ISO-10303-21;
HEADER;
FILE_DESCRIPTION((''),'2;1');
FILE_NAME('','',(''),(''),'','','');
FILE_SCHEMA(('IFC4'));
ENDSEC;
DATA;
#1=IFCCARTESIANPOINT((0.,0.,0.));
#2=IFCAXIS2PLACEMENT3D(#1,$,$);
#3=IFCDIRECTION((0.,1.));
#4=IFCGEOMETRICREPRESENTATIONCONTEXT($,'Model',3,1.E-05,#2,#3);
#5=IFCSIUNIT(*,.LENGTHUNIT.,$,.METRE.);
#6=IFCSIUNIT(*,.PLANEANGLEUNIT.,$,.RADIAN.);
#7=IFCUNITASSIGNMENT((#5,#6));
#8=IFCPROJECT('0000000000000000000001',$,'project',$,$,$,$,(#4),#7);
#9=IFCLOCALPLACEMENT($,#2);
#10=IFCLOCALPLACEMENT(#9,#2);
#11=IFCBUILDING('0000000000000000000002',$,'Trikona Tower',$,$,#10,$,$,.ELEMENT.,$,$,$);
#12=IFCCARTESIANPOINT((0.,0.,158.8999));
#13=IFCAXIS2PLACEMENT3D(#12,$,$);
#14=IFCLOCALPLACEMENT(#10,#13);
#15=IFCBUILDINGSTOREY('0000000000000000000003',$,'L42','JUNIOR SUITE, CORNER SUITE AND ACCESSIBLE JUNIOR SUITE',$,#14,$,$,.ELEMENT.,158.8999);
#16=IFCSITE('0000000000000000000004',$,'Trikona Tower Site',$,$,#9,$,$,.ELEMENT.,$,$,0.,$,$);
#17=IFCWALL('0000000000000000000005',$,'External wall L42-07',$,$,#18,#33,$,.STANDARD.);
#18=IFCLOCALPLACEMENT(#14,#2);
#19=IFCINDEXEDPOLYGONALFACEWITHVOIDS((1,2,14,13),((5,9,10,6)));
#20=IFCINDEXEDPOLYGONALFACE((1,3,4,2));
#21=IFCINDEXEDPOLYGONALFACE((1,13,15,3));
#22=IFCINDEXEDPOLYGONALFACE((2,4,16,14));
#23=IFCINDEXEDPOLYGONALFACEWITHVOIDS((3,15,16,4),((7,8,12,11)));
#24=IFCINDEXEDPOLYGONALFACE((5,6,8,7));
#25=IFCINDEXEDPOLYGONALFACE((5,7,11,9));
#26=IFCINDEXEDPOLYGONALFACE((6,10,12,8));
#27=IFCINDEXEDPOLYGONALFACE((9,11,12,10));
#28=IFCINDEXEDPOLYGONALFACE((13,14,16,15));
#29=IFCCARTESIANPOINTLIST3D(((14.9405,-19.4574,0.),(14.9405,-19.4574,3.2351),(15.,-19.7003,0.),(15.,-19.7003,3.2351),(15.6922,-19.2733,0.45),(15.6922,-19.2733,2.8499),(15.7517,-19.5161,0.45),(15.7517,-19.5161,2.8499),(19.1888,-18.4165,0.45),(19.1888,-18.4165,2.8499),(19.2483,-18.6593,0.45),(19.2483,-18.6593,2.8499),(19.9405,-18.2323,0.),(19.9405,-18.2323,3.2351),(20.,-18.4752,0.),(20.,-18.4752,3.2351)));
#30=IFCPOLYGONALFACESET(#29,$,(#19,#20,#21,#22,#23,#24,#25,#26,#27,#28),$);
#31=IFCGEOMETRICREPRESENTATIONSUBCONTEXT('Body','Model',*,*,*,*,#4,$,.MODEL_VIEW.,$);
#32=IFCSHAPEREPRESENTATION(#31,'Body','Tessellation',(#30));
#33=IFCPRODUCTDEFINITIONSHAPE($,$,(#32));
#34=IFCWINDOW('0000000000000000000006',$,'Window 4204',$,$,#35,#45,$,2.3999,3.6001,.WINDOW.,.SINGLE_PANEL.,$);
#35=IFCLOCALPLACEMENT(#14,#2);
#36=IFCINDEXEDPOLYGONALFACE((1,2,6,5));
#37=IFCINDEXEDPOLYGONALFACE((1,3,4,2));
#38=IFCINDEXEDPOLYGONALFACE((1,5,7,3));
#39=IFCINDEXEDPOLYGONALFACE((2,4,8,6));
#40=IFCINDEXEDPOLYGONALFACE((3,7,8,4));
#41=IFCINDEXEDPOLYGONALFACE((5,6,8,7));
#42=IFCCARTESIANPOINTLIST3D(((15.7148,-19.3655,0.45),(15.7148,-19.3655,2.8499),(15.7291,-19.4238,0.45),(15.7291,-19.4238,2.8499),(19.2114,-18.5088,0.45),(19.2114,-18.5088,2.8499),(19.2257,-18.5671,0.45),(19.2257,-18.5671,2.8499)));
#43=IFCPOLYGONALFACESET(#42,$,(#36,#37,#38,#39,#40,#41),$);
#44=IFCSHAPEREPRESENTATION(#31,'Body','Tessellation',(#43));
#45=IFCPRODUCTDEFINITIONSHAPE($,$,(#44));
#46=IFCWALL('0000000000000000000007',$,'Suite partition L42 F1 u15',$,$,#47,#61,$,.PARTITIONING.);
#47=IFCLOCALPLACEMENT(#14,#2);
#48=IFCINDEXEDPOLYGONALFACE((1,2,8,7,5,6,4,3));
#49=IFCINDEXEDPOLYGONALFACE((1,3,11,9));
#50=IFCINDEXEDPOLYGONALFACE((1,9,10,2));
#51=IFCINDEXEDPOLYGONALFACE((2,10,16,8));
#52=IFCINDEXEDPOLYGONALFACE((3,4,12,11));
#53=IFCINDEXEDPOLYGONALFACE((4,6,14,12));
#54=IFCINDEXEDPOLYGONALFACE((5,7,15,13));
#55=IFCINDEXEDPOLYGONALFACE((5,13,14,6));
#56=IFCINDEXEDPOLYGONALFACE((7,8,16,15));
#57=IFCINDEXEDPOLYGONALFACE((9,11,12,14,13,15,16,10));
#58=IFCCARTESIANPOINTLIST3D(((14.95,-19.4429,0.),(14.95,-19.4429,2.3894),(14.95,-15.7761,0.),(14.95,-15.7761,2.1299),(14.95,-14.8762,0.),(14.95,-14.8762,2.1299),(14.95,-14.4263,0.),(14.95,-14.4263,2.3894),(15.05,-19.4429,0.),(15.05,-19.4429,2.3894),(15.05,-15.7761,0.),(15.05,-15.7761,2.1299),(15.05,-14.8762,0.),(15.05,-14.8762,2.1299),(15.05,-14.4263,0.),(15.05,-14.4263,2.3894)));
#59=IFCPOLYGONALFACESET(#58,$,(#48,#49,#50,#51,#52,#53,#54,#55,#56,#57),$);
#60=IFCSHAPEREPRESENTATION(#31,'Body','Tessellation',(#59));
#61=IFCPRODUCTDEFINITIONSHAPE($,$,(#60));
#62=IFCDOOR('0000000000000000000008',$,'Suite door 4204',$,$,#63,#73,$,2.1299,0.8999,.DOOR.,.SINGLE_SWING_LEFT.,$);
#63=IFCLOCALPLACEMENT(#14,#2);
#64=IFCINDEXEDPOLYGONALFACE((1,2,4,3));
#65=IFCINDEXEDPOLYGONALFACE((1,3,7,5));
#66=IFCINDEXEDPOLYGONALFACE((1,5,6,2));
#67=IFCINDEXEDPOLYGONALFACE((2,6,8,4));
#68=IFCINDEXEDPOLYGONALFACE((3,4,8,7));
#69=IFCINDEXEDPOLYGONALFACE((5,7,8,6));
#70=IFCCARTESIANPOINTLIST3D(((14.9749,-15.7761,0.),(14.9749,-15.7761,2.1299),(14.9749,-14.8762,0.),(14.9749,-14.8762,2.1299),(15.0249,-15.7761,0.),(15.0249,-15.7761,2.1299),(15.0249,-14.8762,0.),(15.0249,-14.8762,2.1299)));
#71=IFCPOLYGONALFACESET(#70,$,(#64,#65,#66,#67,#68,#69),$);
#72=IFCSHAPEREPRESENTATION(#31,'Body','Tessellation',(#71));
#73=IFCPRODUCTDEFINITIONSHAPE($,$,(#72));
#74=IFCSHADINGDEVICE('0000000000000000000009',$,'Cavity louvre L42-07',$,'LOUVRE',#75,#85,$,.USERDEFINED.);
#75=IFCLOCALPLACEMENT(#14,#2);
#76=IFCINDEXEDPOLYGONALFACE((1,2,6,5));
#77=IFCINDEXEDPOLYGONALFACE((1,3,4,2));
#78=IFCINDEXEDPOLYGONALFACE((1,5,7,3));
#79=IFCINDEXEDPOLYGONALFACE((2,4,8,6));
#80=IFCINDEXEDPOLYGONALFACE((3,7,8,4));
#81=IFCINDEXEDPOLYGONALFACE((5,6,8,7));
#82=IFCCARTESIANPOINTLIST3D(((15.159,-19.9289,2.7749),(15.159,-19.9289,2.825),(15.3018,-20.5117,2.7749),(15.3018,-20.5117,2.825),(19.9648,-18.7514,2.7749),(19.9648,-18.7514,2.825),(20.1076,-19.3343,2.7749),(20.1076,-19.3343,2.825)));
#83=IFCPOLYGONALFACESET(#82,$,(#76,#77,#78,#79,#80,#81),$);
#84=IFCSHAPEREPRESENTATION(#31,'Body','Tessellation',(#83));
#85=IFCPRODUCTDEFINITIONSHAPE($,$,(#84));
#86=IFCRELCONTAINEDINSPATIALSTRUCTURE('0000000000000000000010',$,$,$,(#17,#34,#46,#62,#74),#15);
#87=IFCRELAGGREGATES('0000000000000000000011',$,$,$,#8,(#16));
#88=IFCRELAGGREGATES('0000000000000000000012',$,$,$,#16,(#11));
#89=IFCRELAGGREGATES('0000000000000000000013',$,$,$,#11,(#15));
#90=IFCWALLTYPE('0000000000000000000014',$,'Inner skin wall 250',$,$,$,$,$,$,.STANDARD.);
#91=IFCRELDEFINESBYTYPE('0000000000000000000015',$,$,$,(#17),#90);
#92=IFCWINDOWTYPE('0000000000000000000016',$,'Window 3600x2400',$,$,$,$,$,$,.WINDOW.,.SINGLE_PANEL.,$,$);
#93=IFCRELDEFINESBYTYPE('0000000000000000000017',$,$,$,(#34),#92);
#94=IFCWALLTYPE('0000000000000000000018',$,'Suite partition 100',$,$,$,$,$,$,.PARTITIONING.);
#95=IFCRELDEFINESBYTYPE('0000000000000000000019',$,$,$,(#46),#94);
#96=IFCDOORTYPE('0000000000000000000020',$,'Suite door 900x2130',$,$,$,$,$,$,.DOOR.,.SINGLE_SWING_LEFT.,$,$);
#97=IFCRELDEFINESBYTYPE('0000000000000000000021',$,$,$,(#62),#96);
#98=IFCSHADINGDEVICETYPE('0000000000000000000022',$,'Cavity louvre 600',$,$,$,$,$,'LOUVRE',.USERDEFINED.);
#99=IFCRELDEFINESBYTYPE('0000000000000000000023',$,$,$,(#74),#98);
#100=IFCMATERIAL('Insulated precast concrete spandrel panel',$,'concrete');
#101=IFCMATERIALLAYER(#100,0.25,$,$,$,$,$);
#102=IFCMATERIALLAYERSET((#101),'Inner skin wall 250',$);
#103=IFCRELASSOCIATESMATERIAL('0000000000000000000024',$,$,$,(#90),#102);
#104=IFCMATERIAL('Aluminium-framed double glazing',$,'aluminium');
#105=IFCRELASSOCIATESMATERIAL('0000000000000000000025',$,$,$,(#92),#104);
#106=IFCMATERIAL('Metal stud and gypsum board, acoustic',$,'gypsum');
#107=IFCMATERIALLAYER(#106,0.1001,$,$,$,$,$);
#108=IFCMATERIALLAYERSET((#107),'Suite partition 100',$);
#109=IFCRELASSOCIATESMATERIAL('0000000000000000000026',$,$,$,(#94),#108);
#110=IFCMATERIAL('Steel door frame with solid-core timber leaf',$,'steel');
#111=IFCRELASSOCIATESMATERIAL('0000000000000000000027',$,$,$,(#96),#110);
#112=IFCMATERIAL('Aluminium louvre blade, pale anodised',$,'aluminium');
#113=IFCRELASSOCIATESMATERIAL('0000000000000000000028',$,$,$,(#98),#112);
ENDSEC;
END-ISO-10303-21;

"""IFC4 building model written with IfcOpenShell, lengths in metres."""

from ifc_helpers import new_model, si_unit, direction, frame, frame_2d, origin, origin_2d, place, context, subcontext, project, spatial, rectangle, extrude, material, layer, layer_set, type_object, element, fill, save


model = new_model("IFC4")

# Units and contexts
model_context = context("Model", 3, precision=1e-05, world=origin(), true_north=direction((0.0, 1.0)))
body_context = subcontext(model_context, "Body", "Model", "MODEL_VIEW")
ifc_project = project(units=[si_unit("LENGTHUNIT", "METRE"), si_unit("PLANEANGLEUNIT", "RADIAN")], contexts=[model_context])

# Site, building, storey
site_placement = place(None, origin())
site = spatial("IfcSite", under=ifc_project, at=site_placement, Name="Trikona Tower Site", CompositionType="ELEMENT", RefElevation=0.0)
building_placement = place(site_placement, origin())
building = spatial("IfcBuilding", under=site, at=building_placement, Name="Trikona Tower", CompositionType="ELEMENT")
storey_placement = place(building_placement, frame((0.0, 0.0, 158.8999)))
storey = spatial("IfcBuildingStorey", under=building, at=storey_placement, Name="L42", Description="JUNIOR SUITE, CORNER SUITE AND ACCESSIBLE JUNIOR SUITE", CompositionType="ELEMENT", Elevation=158.8999)

# Wall, opening, window
ifc_material_1 = material(Name="Insulated precast concrete spandrel panel", Category="concrete")
ifc_layer_1 = layer(ifc_material_1, 0.25)
ifc_layer_set_1 = layer_set([ifc_layer_1], Name="Inner skin wall 250")
wall_type_1 = type_object("IfcWallType", Name="Inner skin wall 250", PredefinedType="STANDARD", material=ifc_layer_set_1)
wall_1_placement = place(storey_placement, frame((14.9702, -19.5789, 0.0), z_axis=(0.0, 0.0, 1.0), x_axis=(0.97127, 0.23798, 0.0)))
wall_1 = element("IfcWall", 1, at=wall_1_placement, inside=storey, type_object=wall_type_1, Name="External wall L42-07", PredefinedType="STANDARD", context=body_context, shape_type="SweptSolid", body=[
    extrude(rectangle(XDim=5.1479, YDim=0.25, at=frame_2d((2.574, 0.0))), origin(), (0.0, 0.0, 1.0), 3.2351),
])
opening_1_placement = place(wall_1_placement, frame((0.7739, 0.0, 0.45)))
opening_1 = element("IfcOpeningElement", 2, at=opening_1_placement, cuts=wall_1, PredefinedType="OPENING", context=body_context, shape_type="SweptSolid", body=[
    extrude(rectangle(XDim=3.6001, YDim=2.3999, at=frame_2d((1.8, 1.2))), frame((0.0, 0.135, 0.0), z_axis=(0.0, -1.0, 0.0), x_axis=(1.0, 0.0, 0.0)), (0.0, 0.0, 1.0), 0.27),
])
ifc_material_2 = material(Name="Aluminium-framed double glazing", Category="aluminium")
window_type = type_object("IfcWindowType", Name="Window 3600x2400", PartitioningType="SINGLE_PANEL", PredefinedType="WINDOW", material=ifc_material_2)
window_placement = place(opening_1_placement, origin())
window = element("IfcWindow", 3, at=window_placement, inside=storey, type_object=window_type, Name="Window 4204", OverallHeight=2.3999, OverallWidth=3.6001, PartitioningType="SINGLE_PANEL", PredefinedType="WINDOW", context=body_context, shape_type="SweptSolid", body=[
    extrude(rectangle(XDim=3.6001, YDim=2.3999, at=frame_2d((1.8, 1.2))), frame((0.0, 0.03, 0.0), z_axis=(0.0, -1.0, 0.0), x_axis=(1.0, 0.0, 0.0)), (0.0, 0.0, 1.0), 0.0601),
])
fill(opening_1, window)

# Wall, opening, door
ifc_material_3 = material(Name="Metal stud and gypsum board, acoustic", Category="gypsum")
ifc_layer_2 = layer(ifc_material_3, 0.1001)
ifc_layer_set_2 = layer_set([ifc_layer_2], Name="Suite partition 100")
wall_type_2 = type_object("IfcWallType", Name="Suite partition 100", PredefinedType="PARTITIONING", material=ifc_layer_set_2)
wall_2_placement = place(storey_placement, frame((15.0, -14.4263, 0.0), z_axis=(0.0, 0.0, 1.0), x_axis=(0.0, -1.0, 0.0)))
wall_2 = element("IfcWall", 4, at=wall_2_placement, inside=storey, type_object=wall_type_2, Name="Suite partition L42 F1 u15", PredefinedType="PARTITIONING", context=body_context, shape_type="SweptSolid", body=[
    extrude(rectangle(XDim=5.0166, YDim=0.1001, at=frame_2d((2.5083, 0.0))), origin(), (0.0, 0.0, 1.0), 2.3894),
])
opening_2_placement = place(wall_2_placement, frame((0.45, 0.0, 0.0)))
opening_2 = element("IfcOpeningElement", 5, at=opening_2_placement, cuts=wall_2, PredefinedType="OPENING", context=body_context, shape_type="SweptSolid", body=[
    extrude(rectangle(XDim=0.8999, YDim=2.1299, at=frame_2d((0.45, 1.0649))), frame((0.0, 0.0601, 0.0), z_axis=(0.0, -1.0, 0.0), x_axis=(1.0, 0.0, 0.0)), (0.0, 0.0, 1.0), 0.1201),
])
ifc_material_4 = material(Name="Steel door frame with solid-core timber leaf", Category="steel")
door_type = type_object("IfcDoorType", Name="Suite door 900x2130", OperationType="SINGLE_SWING_LEFT", PredefinedType="DOOR", material=ifc_material_4)
door_placement = place(opening_2_placement, origin())
door = element("IfcDoor", 6, at=door_placement, inside=storey, type_object=door_type, Name="Suite door 4204", OperationType="SINGLE_SWING_LEFT", OverallHeight=2.1299, OverallWidth=0.8999, PredefinedType="DOOR", context=body_context, shape_type="SweptSolid", body=[
    extrude(rectangle(XDim=0.8999, YDim=2.1299, at=frame_2d((0.45, 1.0649))), frame((0.0, 0.0249, 0.0), z_axis=(0.0, -1.0, 0.0), x_axis=(1.0, 0.0, 0.0)), (0.0, 0.0, 1.0), 0.05),
])
fill(opening_2, door)

# Shading device
ifc_material_5 = material(Name="Aluminium louvre blade, pale anodised", Category="aluminium")
shading_device_type = type_object("IfcShadingDeviceType", Name="Cavity louvre 600", ElementType="LOUVRE", PredefinedType="USERDEFINED", material=ifc_material_5)
shading_device_placement = place(storey_placement, frame((17.6333, -19.6316, 2.7749), z_axis=(0.0, 0.0, 1.0), x_axis=(0.971274, 0.237962, 0.0)))
element("IfcShadingDevice", 7, at=shading_device_placement, inside=storey, type_object=shading_device_type, Name="Cavity louvre L42-07", ObjectType="LOUVRE", PredefinedType="USERDEFINED", context=body_context, shape_type="SweptSolid", body=[
    extrude(rectangle(XDim=4.948, YDim=0.6001, at=origin_2d()), origin(), (0.0, 0.0, 1.0), 0.05),
])

save(model, "model.ifc")
